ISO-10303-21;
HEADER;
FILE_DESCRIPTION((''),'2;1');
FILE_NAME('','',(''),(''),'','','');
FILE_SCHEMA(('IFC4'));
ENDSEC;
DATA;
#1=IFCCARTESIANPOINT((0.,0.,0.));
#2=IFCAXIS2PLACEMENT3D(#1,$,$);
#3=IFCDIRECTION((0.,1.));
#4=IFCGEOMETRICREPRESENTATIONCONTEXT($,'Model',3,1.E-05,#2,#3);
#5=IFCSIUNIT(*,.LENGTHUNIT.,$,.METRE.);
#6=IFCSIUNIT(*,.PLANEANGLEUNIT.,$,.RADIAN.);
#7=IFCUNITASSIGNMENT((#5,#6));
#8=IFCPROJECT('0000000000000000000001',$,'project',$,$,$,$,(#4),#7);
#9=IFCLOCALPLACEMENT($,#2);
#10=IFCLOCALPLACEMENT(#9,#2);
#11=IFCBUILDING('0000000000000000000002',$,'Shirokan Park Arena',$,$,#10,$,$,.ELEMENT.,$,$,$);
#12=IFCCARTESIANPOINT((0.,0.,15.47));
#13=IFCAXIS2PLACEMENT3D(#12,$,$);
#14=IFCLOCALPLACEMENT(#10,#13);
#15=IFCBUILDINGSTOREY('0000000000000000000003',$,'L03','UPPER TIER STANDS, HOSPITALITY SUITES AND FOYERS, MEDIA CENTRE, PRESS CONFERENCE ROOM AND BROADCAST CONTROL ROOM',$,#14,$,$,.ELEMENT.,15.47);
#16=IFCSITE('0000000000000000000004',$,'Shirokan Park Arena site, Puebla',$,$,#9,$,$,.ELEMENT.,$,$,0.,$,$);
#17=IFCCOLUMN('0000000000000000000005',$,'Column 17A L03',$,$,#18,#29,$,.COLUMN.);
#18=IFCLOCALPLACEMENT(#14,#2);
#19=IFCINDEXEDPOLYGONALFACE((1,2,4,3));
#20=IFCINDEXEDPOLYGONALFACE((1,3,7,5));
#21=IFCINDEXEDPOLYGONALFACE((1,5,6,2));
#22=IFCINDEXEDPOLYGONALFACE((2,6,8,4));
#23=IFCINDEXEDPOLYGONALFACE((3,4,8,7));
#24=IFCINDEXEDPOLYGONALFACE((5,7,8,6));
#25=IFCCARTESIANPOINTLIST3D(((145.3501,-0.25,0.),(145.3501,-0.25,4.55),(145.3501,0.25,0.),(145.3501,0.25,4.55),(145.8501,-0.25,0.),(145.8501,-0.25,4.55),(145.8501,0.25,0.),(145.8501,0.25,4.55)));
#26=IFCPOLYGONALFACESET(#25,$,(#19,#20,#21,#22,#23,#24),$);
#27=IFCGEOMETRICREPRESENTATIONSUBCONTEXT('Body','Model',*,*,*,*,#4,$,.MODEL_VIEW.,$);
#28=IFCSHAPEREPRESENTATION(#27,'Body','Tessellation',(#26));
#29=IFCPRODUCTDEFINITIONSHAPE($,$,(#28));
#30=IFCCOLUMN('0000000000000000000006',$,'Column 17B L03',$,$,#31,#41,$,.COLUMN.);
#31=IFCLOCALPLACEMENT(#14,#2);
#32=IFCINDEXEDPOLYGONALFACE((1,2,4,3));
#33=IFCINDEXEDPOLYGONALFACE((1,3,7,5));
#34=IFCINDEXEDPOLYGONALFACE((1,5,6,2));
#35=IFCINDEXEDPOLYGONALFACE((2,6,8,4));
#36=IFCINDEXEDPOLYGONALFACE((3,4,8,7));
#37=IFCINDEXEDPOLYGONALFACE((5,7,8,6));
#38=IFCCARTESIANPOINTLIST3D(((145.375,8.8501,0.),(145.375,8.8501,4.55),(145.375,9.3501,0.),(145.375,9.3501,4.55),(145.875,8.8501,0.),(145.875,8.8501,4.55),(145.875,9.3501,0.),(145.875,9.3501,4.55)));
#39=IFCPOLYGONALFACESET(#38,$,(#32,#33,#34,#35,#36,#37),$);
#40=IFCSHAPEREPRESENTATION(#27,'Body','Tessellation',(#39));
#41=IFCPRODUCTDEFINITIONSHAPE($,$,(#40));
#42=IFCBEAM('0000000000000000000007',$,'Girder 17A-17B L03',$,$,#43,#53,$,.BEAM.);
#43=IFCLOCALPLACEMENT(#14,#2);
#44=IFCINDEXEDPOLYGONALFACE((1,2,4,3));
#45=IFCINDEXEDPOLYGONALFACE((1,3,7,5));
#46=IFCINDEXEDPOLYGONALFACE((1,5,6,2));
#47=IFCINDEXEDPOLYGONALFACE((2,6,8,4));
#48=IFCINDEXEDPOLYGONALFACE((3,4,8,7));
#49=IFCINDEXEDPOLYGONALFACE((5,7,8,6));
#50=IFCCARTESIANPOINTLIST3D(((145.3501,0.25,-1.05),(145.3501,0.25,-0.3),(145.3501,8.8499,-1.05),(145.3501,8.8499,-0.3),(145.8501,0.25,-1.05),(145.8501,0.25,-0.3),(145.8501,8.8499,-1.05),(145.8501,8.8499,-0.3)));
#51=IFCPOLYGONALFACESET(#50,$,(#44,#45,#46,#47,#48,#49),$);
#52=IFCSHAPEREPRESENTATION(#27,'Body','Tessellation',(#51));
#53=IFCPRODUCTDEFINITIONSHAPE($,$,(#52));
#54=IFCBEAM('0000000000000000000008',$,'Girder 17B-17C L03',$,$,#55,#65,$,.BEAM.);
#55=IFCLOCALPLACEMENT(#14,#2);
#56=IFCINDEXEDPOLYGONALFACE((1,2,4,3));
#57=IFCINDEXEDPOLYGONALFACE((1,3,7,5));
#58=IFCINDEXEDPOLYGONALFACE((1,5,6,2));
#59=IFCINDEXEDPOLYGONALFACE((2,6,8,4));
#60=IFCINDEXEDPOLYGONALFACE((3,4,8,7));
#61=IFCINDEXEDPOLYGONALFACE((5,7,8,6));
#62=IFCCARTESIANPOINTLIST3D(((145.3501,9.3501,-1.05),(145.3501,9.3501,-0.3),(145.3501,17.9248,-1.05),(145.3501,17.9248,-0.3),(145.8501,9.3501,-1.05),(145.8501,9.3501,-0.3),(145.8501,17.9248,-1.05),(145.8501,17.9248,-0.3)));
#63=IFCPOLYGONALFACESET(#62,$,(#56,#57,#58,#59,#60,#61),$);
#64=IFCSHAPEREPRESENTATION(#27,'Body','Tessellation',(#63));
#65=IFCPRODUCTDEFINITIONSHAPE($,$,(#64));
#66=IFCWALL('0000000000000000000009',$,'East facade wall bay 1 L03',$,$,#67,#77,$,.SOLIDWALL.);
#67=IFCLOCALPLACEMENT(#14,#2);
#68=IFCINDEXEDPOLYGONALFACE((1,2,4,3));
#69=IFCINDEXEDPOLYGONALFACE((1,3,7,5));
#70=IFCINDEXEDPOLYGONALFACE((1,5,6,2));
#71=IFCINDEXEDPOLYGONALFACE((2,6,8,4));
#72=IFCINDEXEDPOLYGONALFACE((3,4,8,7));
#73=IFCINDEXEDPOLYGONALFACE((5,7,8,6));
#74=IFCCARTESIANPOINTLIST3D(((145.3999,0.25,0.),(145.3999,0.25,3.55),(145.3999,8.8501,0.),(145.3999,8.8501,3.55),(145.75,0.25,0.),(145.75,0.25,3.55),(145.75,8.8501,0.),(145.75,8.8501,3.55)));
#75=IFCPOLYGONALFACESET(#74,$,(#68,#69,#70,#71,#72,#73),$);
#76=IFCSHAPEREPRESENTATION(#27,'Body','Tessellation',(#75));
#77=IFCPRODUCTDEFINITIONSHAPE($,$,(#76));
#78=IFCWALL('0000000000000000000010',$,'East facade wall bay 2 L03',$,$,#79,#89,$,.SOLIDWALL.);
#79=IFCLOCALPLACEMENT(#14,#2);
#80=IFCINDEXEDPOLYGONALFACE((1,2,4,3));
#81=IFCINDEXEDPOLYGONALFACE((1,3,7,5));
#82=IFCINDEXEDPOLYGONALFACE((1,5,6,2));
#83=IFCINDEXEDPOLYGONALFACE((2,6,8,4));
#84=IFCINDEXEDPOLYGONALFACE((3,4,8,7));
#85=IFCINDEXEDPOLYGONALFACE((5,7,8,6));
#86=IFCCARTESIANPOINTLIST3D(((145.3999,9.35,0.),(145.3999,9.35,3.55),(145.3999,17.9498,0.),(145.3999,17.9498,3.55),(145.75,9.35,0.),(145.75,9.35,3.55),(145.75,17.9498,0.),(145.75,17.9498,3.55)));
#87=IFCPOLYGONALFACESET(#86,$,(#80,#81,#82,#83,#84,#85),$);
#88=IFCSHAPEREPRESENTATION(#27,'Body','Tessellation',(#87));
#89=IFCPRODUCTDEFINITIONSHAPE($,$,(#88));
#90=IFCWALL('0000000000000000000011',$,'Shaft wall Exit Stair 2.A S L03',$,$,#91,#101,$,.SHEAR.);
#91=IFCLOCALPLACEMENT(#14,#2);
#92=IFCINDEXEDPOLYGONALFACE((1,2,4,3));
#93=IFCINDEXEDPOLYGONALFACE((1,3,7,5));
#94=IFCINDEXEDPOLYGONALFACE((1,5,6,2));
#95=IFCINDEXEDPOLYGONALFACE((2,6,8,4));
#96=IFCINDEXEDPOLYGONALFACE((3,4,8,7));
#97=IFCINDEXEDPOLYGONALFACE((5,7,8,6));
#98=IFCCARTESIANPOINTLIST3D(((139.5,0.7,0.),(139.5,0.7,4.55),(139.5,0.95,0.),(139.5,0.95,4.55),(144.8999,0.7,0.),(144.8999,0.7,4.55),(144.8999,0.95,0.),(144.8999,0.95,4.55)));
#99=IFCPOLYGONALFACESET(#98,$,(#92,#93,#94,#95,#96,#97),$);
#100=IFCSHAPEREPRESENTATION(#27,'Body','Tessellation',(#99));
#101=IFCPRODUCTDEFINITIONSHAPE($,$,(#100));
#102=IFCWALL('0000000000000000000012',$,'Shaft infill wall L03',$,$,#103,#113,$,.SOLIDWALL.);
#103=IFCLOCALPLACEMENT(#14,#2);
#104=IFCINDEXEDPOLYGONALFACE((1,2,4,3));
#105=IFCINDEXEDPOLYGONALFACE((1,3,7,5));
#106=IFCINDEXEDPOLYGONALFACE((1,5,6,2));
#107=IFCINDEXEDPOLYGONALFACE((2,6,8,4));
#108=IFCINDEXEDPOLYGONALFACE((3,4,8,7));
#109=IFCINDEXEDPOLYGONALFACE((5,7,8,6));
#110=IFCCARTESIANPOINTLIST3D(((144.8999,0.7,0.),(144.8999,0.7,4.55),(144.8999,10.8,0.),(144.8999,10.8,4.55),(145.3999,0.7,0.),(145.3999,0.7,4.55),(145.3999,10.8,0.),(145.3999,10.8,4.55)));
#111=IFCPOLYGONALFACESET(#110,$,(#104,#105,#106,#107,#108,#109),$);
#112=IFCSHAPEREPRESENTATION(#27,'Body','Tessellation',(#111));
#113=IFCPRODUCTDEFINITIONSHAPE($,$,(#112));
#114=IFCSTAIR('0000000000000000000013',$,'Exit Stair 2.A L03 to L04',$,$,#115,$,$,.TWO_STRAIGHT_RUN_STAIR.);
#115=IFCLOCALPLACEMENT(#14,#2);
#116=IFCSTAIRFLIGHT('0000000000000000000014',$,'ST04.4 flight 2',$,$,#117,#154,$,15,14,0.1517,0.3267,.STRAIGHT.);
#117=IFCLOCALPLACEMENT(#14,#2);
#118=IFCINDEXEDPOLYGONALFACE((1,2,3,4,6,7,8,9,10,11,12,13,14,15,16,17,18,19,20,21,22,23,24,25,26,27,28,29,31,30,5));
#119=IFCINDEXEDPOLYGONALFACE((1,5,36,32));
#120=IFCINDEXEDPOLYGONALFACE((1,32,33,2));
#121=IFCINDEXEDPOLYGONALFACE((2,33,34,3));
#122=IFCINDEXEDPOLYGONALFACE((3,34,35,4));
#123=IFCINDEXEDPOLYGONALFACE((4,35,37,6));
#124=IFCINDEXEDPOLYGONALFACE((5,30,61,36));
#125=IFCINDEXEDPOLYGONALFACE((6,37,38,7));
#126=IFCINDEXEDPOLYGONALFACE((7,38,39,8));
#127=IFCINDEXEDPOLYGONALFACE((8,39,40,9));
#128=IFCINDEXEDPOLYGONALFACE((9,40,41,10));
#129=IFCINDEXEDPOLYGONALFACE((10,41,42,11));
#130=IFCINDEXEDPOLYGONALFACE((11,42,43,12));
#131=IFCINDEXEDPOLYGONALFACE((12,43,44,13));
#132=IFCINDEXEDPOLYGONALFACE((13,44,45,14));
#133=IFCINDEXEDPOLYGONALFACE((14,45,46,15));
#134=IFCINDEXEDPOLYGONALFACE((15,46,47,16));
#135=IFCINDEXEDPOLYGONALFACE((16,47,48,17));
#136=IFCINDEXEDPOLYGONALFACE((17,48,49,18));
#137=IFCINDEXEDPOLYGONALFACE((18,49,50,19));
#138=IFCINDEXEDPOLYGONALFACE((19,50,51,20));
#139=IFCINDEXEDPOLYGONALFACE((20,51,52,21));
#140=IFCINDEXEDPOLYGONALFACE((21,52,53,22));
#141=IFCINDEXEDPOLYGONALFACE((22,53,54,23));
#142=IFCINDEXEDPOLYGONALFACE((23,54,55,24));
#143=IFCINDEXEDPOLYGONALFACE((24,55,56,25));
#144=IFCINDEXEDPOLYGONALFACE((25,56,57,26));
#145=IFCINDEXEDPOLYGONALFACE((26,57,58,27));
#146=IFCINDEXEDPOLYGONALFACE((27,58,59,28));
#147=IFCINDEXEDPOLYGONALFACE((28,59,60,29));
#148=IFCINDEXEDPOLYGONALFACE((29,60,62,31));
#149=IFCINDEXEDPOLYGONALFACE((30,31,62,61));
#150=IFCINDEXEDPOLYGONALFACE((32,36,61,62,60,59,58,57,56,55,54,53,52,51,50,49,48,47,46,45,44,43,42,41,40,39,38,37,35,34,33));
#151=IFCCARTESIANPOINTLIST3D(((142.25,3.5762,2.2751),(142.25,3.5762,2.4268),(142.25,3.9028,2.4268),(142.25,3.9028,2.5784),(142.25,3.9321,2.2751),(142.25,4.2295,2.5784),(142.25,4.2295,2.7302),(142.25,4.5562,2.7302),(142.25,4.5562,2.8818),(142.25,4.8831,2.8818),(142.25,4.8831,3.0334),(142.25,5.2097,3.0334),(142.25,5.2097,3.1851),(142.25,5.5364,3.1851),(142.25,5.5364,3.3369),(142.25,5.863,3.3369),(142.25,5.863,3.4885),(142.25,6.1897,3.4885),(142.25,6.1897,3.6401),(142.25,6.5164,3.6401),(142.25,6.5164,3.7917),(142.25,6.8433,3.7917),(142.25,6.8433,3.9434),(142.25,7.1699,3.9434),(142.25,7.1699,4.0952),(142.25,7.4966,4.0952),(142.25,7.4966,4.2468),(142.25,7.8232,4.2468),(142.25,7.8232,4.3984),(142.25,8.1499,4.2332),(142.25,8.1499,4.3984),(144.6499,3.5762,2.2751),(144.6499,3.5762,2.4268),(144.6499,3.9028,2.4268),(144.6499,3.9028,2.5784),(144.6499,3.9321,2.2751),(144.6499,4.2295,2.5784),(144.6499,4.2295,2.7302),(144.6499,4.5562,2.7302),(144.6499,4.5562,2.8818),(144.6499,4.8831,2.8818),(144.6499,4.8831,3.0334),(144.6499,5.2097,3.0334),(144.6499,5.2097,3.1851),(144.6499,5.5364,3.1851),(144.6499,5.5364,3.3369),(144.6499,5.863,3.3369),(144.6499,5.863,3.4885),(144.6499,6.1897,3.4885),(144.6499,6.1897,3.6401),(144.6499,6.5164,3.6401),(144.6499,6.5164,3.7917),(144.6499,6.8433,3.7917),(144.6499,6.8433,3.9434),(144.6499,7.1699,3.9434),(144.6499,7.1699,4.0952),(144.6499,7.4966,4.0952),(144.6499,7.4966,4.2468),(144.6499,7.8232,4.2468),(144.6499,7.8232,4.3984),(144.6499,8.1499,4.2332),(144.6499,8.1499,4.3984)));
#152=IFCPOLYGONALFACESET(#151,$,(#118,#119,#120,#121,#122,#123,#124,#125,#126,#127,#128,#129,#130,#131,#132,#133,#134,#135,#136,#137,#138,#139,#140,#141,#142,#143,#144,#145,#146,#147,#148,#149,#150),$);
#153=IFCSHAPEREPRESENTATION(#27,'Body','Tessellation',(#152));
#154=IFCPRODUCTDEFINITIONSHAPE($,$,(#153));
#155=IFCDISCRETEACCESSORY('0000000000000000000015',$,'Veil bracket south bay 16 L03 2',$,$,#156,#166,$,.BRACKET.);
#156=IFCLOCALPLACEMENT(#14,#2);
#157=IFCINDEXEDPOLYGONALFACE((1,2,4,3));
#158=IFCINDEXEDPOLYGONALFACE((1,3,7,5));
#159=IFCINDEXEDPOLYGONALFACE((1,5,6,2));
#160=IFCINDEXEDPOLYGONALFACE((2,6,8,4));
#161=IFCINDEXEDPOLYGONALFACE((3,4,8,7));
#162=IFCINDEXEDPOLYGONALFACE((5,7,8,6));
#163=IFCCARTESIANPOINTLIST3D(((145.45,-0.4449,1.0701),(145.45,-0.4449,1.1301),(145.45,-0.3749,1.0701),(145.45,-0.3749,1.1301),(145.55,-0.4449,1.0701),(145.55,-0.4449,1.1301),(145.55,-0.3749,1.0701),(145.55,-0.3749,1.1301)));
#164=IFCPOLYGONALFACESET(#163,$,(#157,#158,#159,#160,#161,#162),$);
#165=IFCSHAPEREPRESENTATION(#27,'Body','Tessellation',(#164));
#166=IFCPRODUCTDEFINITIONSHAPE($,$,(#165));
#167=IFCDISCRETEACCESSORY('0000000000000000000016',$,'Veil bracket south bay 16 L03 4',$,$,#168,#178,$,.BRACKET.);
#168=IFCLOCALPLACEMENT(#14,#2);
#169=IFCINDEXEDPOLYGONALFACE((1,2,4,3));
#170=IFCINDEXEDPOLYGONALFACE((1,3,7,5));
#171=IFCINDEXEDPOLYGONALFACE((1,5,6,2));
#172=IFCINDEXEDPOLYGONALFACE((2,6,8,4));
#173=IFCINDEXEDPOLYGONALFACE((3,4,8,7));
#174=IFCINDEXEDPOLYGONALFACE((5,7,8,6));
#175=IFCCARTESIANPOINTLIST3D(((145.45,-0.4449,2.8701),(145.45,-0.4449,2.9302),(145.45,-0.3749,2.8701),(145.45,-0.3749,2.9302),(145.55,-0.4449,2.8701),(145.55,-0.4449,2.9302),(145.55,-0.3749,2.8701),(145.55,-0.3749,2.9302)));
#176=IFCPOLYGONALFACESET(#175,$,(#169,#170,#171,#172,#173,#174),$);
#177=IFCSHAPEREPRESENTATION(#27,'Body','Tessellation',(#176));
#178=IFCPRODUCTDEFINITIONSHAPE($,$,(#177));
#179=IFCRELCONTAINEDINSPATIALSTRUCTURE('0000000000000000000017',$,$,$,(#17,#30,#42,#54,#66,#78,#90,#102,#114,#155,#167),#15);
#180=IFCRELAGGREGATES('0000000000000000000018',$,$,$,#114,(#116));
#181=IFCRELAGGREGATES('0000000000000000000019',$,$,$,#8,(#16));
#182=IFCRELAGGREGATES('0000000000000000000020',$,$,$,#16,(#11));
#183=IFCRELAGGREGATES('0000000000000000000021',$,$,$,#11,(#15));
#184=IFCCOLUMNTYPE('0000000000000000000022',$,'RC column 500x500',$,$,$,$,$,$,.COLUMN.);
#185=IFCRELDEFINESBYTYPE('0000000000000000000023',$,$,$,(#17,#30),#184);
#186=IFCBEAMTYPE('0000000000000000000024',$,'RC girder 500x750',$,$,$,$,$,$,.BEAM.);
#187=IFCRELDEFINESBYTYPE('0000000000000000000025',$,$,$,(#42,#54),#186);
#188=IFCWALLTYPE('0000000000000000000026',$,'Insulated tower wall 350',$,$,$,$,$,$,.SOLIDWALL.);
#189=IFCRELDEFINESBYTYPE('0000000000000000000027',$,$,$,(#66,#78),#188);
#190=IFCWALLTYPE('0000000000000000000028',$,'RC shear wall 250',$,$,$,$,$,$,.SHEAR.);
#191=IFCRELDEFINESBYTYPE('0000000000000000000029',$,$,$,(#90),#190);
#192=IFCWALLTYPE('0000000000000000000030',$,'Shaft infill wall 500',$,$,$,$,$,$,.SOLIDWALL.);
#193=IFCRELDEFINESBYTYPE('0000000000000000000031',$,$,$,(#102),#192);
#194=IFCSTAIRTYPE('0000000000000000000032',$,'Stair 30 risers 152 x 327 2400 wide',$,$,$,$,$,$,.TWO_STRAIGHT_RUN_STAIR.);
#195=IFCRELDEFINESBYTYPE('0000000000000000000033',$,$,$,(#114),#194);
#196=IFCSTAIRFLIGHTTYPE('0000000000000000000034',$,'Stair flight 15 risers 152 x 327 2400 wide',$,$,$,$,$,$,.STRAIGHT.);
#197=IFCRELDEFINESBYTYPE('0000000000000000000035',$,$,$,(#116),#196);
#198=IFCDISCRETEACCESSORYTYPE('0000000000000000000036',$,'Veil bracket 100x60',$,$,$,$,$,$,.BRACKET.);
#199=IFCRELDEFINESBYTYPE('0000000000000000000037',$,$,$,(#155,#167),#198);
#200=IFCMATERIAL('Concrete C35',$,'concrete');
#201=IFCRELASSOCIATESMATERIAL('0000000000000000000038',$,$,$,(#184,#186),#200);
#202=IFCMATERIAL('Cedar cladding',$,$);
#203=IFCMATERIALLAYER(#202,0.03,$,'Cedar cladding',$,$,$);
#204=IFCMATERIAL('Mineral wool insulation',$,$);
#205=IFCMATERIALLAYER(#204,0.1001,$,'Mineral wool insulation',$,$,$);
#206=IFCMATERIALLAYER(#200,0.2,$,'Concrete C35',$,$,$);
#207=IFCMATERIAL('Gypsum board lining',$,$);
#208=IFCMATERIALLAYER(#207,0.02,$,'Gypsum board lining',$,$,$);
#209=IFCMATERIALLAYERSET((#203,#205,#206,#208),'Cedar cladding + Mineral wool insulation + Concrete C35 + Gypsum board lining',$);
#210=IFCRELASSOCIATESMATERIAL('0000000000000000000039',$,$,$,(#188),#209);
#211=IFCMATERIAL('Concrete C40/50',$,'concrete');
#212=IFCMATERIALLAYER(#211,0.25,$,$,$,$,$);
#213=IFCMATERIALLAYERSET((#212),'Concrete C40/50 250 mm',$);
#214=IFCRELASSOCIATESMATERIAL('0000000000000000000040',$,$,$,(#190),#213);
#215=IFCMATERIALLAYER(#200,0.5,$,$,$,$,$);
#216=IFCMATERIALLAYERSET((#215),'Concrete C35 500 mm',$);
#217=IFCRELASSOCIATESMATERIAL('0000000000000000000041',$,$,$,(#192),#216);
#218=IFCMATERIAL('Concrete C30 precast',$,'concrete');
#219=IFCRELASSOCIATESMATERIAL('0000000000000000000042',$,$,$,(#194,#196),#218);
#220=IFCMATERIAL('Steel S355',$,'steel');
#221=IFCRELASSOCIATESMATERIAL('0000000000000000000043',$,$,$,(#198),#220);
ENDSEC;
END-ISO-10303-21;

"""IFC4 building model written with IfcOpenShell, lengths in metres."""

from ifc_helpers import new_model, si_unit, direction, frame, frame_2d, origin, origin_2d, place, context, subcontext, project, spatial, polyline, rectangle, outline, extrude, material, layer, layer_set, material_profile, profile_set, type_object, element, aggregate, save


model = new_model("IFC4")

# Units and contexts
model_context = context("Model", 3, precision=1e-05, world=origin(), true_north=direction((0.0, 1.0)))
body_context = subcontext(model_context, "Body", "Model", "MODEL_VIEW")
ifc_project = project(units=[si_unit("LENGTHUNIT", "METRE"), si_unit("PLANEANGLEUNIT", "RADIAN")], contexts=[model_context])

# Site, building, storey
site_placement = place(None, origin())
site = spatial("IfcSite", under=ifc_project, at=site_placement, Name="Shirokan Park Arena site, Puebla", CompositionType="ELEMENT", RefElevation=0.0)
building_placement = place(site_placement, origin())
building = spatial("IfcBuilding", under=site, at=building_placement, Name="Shirokan Park Arena", CompositionType="ELEMENT")
storey_placement = place(building_placement, frame((0.0, 0.0, 15.47)))
storey = spatial("IfcBuildingStorey", under=building, at=storey_placement, Name="L03", Description="UPPER TIER STANDS, HOSPITALITY SUITES AND FOYERS, MEDIA CENTRE, PRESS CONFERENCE ROOM AND BROADCAST CONTROL ROOM", CompositionType="ELEMENT", Elevation=15.47)

# Columns
ifc_material_1 = material(Name="Concrete C35", Category="concrete")
ifc_material_profile_1 = material_profile(ifc_material_1, rectangle(XDim=0.5, YDim=0.5, at=origin_2d()), Name="500x500")
ifc_profile_set_1 = profile_set([ifc_material_profile_1], Name="Concrete C35")
column_type = type_object("IfcColumnType", Name="RC column 500x500", PredefinedType="COLUMN", material=ifc_profile_set_1)
for number, where, z_axis, x_axis, name in (
    (1, (145.6001, 0.0, 0.0), (0.0, 0.0, 1.0), (1.0, 0.0, 0.0), "Column 17A L03"),
    (2, (145.625, 9.1001, 0.0), (0.0, 0.0, 1.0), (1.0, 0.0, 0.0), "Column 17B L03"),
):
    element("IfcColumn", number, at=place(storey_placement, frame(where, z_axis=z_axis, x_axis=x_axis)), inside=storey, type_object=column_type, Name=name, PredefinedType="COLUMN", context=body_context, shape_type="SweptSolid", body=[
        extrude(rectangle(XDim=0.5, YDim=0.5, at=origin_2d()), origin(), (0.0, 0.0, 1.0), 4.55),
    ])

# Beams
ifc_material_profile_2 = material_profile(ifc_material_1, rectangle(XDim=0.5, YDim=0.75, at=origin_2d()), Name="500x750")
ifc_profile_set_2 = profile_set([ifc_material_profile_2], Name="Concrete C35")
beam_type = type_object("IfcBeamType", Name="RC girder 500x750", PredefinedType="BEAM", material=ifc_profile_set_2)
beam_1_placement = place(storey_placement, frame((145.6001, 0.25, -0.675), z_axis=(0.0, 1.0, 0.0), x_axis=(-1.0, 0.0, 0.0)))
element("IfcBeam", 3, at=beam_1_placement, inside=storey, type_object=beam_type, Name="Girder 17A-17B L03", PredefinedType="BEAM", context=body_context, shape_type="SweptSolid", body=[
    extrude(rectangle(XDim=0.5, YDim=0.75, at=origin_2d()), origin(), (0.0, 0.0, 1.0), 8.5999),
])
beam_2_placement = place(storey_placement, frame((145.6001, 9.3501, -0.675), z_axis=(0.0, 1.0, 0.0), x_axis=(-1.0, 0.0, 0.0)))
element("IfcBeam", 4, at=beam_2_placement, inside=storey, type_object=beam_type, Name="Girder 17B-17C L03", PredefinedType="BEAM", context=body_context, shape_type="SweptSolid", body=[
    extrude(rectangle(XDim=0.5, YDim=0.75, at=origin_2d()), origin(), (0.0, 0.0, 1.0), 8.5747),
])

# Walls
ifc_material_2 = material(Name="Cedar cladding")
ifc_layer_1 = layer(ifc_material_2, 0.03, Name="Cedar cladding")
ifc_material_3 = material(Name="Mineral wool insulation")
ifc_layer_2 = layer(ifc_material_3, 0.1001, Name="Mineral wool insulation")
ifc_layer_3 = layer(ifc_material_1, 0.2, Name="Concrete C35")
ifc_material_4 = material(Name="Gypsum board lining")
ifc_layer_4 = layer(ifc_material_4, 0.02, Name="Gypsum board lining")
ifc_layer_set_1 = layer_set([ifc_layer_1, ifc_layer_2, ifc_layer_3, ifc_layer_4], Name="Cedar cladding + Mineral wool insulation + Concrete C35 + Gypsum board lining")
wall_type_1 = type_object("IfcWallType", Name="Insulated tower wall 350", PredefinedType="SOLIDWALL", material=ifc_layer_set_1)
wall_1_placement = place(storey_placement, frame((145.575, 0.25, 0.0), z_axis=(0.0, 0.0, 1.0), x_axis=(0.0, 1.0, 0.0)))
element("IfcWall", 5, at=wall_1_placement, inside=storey, type_object=wall_type_1, Name="East facade wall bay 1 L03", PredefinedType="SOLIDWALL", context=body_context, shape_type="SweptSolid", body=[
    extrude(rectangle(XDim=8.6001, YDim=0.3501, at=frame_2d((4.3, 0.0))), origin(), (0.0, 0.0, 1.0), 3.55),
])
wall_2_placement = place(storey_placement, frame((145.575, 9.3501, 0.0), z_axis=(0.0, 0.0, 1.0), x_axis=(0.0, 1.0, 0.0)))
element("IfcWall", 6, at=wall_2_placement, inside=storey, type_object=wall_type_1, Name="East facade wall bay 2 L03", PredefinedType="SOLIDWALL", context=body_context, shape_type="SweptSolid", body=[
    extrude(rectangle(XDim=8.5999, YDim=0.3501, at=frame_2d((4.2998, 0.0))), origin(), (0.0, 0.0, 1.0), 3.55),
])
ifc_material_5 = material(Name="Concrete C40/50", Category="concrete")
ifc_layer_5 = layer(ifc_material_5, 0.25)
ifc_layer_set_2 = layer_set([ifc_layer_5], Name="Concrete C40/50 250 mm")
wall_type_2 = type_object("IfcWallType", Name="RC shear wall 250", PredefinedType="SHEAR", material=ifc_layer_set_2)
wall_3_placement = place(storey_placement, frame((144.8999, 0.825, 0.0), z_axis=(0.0, 0.0, 1.0), x_axis=(-1.0, 0.0, 0.0)))
element("IfcWall", 7, at=wall_3_placement, inside=storey, type_object=wall_type_2, Name="Shaft wall Exit Stair 2.A S L03", PredefinedType="SHEAR", context=body_context, shape_type="SweptSolid", body=[
    extrude(rectangle(XDim=5.3999, YDim=0.25, at=frame_2d((2.7, 0.0))), origin(), (0.0, 0.0, 1.0), 4.55),
])
ifc_layer_6 = layer(ifc_material_1, 0.5)
ifc_layer_set_3 = layer_set([ifc_layer_6], Name="Concrete C35 500 mm")
wall_type_3 = type_object("IfcWallType", Name="Shaft infill wall 500", PredefinedType="SOLIDWALL", material=ifc_layer_set_3)
wall_4_placement = place(storey_placement, frame((145.1499, 0.7, 0.0), z_axis=(0.0, 0.0, 1.0), x_axis=(0.0, 1.0, 0.0)))
element("IfcWall", 8, at=wall_4_placement, inside=storey, type_object=wall_type_3, Name="Shaft infill wall L03", PredefinedType="SOLIDWALL", context=body_context, shape_type="SweptSolid", body=[
    extrude(rectangle(XDim=10.1001, YDim=0.5, at=frame_2d((5.05, 0.0))), origin(), (0.0, 0.0, 1.0), 4.55),
])

# Stair, stair flight
ifc_material_6 = material(Name="Concrete C30 precast", Category="concrete")
stair_type = type_object("IfcStairType", Name="Stair 30 risers 152 x 327 2400 wide", PredefinedType="TWO_STRAIGHT_RUN_STAIR", material=ifc_material_6)
stair_placement = place(storey_placement, origin())
stair = element("IfcStair", 9, at=stair_placement, inside=storey, type_object=stair_type, Name="Exit Stair 2.A L03 to L04", PredefinedType="TWO_STRAIGHT_RUN_STAIR")
stair_flight_type = type_object("IfcStairFlightType", Name="Stair flight 15 risers 152 x 327 2400 wide", PredefinedType="STRAIGHT", material=ifc_material_6)
stair_flight_placement = place(storey_placement, frame((143.45, 3.5762, 2.2751), z_axis=(0.0, 0.0, 1.0), x_axis=(0.0, 1.0, 0.0)))
stair_flight = element("IfcStairFlight", 10, at=stair_flight_placement, type_object=stair_flight_type, Name="ST04.4 flight 2", NumberOfRisers=15, NumberOfTreads=14, PredefinedType="STRAIGHT", RiserHeight=0.1517, TreadLength=0.3267, context=body_context, shape_type="SweptSolid", body=[
    extrude(outline(polyline([(0.0, 0.0), (0.0, 0.1516), (0.3267, 0.1516), (0.3267, 0.3032), (0.6533, 0.3032), (0.6533, 0.4551), (0.98, 0.4551), (0.98, 0.6067), (1.3069, 0.6067), (1.3069, 0.7583), (1.6335, 0.7583), (1.6335, 0.9099), (1.9602, 0.9099), (1.9602, 1.0618), (2.2869, 1.0618), (2.2869, 1.2134), (2.6135, 1.2134), (2.6135, 1.365), (2.9402, 1.365), (2.9402, 1.5166), (3.2671, 1.5166), (3.2671, 1.6682), (3.5938, 1.6682), (3.5938, 1.8201), (3.9204, 1.8201), (3.9204, 1.9717), (4.2471, 1.9717), (4.2471, 2.1233), (4.5737, 2.1233), (4.5737, 2.2749), (4.5737, 1.958), (0.356, 0.0), (0.0, 0.0)])), frame((0.0, 1.2, 0.0), z_axis=(0.0, -1.0, 0.0), x_axis=(1.0, 0.0, 0.0)), (0.0, 0.0, 1.0), 2.3999),
])
aggregate(stair, [stair_flight])

# Discrete accessories
ifc_material_7 = material(Name="Steel S355", Category="steel")
discrete_accessory_type = type_object("IfcDiscreteAccessoryType", Name="Veil bracket 100x60", PredefinedType="BRACKET", material=ifc_material_7)
for number, where, z_axis, x_axis, name in (
    (11, (145.5, -0.4099, 1.0701), (0.0, 0.0, 1.0), (1.0, 0.0, 0.0), "Veil bracket south bay 16 L03 2"),
    (12, (145.5, -0.4099, 2.8701), (0.0, 0.0, 1.0), (1.0, 0.0, 0.0), "Veil bracket south bay 16 L03 4"),
):
    element("IfcDiscreteAccessory", number, at=place(storey_placement, frame(where, z_axis=z_axis, x_axis=x_axis)), inside=storey, type_object=discrete_accessory_type, Name=name, PredefinedType="BRACKET", context=body_context, shape_type="SweptSolid", body=[
        extrude(rectangle(XDim=0.1001, YDim=0.0701, at=origin_2d()), origin(), (0.0, 0.0, 1.0), 0.0601),
    ])

save(model, "model.ifc")
